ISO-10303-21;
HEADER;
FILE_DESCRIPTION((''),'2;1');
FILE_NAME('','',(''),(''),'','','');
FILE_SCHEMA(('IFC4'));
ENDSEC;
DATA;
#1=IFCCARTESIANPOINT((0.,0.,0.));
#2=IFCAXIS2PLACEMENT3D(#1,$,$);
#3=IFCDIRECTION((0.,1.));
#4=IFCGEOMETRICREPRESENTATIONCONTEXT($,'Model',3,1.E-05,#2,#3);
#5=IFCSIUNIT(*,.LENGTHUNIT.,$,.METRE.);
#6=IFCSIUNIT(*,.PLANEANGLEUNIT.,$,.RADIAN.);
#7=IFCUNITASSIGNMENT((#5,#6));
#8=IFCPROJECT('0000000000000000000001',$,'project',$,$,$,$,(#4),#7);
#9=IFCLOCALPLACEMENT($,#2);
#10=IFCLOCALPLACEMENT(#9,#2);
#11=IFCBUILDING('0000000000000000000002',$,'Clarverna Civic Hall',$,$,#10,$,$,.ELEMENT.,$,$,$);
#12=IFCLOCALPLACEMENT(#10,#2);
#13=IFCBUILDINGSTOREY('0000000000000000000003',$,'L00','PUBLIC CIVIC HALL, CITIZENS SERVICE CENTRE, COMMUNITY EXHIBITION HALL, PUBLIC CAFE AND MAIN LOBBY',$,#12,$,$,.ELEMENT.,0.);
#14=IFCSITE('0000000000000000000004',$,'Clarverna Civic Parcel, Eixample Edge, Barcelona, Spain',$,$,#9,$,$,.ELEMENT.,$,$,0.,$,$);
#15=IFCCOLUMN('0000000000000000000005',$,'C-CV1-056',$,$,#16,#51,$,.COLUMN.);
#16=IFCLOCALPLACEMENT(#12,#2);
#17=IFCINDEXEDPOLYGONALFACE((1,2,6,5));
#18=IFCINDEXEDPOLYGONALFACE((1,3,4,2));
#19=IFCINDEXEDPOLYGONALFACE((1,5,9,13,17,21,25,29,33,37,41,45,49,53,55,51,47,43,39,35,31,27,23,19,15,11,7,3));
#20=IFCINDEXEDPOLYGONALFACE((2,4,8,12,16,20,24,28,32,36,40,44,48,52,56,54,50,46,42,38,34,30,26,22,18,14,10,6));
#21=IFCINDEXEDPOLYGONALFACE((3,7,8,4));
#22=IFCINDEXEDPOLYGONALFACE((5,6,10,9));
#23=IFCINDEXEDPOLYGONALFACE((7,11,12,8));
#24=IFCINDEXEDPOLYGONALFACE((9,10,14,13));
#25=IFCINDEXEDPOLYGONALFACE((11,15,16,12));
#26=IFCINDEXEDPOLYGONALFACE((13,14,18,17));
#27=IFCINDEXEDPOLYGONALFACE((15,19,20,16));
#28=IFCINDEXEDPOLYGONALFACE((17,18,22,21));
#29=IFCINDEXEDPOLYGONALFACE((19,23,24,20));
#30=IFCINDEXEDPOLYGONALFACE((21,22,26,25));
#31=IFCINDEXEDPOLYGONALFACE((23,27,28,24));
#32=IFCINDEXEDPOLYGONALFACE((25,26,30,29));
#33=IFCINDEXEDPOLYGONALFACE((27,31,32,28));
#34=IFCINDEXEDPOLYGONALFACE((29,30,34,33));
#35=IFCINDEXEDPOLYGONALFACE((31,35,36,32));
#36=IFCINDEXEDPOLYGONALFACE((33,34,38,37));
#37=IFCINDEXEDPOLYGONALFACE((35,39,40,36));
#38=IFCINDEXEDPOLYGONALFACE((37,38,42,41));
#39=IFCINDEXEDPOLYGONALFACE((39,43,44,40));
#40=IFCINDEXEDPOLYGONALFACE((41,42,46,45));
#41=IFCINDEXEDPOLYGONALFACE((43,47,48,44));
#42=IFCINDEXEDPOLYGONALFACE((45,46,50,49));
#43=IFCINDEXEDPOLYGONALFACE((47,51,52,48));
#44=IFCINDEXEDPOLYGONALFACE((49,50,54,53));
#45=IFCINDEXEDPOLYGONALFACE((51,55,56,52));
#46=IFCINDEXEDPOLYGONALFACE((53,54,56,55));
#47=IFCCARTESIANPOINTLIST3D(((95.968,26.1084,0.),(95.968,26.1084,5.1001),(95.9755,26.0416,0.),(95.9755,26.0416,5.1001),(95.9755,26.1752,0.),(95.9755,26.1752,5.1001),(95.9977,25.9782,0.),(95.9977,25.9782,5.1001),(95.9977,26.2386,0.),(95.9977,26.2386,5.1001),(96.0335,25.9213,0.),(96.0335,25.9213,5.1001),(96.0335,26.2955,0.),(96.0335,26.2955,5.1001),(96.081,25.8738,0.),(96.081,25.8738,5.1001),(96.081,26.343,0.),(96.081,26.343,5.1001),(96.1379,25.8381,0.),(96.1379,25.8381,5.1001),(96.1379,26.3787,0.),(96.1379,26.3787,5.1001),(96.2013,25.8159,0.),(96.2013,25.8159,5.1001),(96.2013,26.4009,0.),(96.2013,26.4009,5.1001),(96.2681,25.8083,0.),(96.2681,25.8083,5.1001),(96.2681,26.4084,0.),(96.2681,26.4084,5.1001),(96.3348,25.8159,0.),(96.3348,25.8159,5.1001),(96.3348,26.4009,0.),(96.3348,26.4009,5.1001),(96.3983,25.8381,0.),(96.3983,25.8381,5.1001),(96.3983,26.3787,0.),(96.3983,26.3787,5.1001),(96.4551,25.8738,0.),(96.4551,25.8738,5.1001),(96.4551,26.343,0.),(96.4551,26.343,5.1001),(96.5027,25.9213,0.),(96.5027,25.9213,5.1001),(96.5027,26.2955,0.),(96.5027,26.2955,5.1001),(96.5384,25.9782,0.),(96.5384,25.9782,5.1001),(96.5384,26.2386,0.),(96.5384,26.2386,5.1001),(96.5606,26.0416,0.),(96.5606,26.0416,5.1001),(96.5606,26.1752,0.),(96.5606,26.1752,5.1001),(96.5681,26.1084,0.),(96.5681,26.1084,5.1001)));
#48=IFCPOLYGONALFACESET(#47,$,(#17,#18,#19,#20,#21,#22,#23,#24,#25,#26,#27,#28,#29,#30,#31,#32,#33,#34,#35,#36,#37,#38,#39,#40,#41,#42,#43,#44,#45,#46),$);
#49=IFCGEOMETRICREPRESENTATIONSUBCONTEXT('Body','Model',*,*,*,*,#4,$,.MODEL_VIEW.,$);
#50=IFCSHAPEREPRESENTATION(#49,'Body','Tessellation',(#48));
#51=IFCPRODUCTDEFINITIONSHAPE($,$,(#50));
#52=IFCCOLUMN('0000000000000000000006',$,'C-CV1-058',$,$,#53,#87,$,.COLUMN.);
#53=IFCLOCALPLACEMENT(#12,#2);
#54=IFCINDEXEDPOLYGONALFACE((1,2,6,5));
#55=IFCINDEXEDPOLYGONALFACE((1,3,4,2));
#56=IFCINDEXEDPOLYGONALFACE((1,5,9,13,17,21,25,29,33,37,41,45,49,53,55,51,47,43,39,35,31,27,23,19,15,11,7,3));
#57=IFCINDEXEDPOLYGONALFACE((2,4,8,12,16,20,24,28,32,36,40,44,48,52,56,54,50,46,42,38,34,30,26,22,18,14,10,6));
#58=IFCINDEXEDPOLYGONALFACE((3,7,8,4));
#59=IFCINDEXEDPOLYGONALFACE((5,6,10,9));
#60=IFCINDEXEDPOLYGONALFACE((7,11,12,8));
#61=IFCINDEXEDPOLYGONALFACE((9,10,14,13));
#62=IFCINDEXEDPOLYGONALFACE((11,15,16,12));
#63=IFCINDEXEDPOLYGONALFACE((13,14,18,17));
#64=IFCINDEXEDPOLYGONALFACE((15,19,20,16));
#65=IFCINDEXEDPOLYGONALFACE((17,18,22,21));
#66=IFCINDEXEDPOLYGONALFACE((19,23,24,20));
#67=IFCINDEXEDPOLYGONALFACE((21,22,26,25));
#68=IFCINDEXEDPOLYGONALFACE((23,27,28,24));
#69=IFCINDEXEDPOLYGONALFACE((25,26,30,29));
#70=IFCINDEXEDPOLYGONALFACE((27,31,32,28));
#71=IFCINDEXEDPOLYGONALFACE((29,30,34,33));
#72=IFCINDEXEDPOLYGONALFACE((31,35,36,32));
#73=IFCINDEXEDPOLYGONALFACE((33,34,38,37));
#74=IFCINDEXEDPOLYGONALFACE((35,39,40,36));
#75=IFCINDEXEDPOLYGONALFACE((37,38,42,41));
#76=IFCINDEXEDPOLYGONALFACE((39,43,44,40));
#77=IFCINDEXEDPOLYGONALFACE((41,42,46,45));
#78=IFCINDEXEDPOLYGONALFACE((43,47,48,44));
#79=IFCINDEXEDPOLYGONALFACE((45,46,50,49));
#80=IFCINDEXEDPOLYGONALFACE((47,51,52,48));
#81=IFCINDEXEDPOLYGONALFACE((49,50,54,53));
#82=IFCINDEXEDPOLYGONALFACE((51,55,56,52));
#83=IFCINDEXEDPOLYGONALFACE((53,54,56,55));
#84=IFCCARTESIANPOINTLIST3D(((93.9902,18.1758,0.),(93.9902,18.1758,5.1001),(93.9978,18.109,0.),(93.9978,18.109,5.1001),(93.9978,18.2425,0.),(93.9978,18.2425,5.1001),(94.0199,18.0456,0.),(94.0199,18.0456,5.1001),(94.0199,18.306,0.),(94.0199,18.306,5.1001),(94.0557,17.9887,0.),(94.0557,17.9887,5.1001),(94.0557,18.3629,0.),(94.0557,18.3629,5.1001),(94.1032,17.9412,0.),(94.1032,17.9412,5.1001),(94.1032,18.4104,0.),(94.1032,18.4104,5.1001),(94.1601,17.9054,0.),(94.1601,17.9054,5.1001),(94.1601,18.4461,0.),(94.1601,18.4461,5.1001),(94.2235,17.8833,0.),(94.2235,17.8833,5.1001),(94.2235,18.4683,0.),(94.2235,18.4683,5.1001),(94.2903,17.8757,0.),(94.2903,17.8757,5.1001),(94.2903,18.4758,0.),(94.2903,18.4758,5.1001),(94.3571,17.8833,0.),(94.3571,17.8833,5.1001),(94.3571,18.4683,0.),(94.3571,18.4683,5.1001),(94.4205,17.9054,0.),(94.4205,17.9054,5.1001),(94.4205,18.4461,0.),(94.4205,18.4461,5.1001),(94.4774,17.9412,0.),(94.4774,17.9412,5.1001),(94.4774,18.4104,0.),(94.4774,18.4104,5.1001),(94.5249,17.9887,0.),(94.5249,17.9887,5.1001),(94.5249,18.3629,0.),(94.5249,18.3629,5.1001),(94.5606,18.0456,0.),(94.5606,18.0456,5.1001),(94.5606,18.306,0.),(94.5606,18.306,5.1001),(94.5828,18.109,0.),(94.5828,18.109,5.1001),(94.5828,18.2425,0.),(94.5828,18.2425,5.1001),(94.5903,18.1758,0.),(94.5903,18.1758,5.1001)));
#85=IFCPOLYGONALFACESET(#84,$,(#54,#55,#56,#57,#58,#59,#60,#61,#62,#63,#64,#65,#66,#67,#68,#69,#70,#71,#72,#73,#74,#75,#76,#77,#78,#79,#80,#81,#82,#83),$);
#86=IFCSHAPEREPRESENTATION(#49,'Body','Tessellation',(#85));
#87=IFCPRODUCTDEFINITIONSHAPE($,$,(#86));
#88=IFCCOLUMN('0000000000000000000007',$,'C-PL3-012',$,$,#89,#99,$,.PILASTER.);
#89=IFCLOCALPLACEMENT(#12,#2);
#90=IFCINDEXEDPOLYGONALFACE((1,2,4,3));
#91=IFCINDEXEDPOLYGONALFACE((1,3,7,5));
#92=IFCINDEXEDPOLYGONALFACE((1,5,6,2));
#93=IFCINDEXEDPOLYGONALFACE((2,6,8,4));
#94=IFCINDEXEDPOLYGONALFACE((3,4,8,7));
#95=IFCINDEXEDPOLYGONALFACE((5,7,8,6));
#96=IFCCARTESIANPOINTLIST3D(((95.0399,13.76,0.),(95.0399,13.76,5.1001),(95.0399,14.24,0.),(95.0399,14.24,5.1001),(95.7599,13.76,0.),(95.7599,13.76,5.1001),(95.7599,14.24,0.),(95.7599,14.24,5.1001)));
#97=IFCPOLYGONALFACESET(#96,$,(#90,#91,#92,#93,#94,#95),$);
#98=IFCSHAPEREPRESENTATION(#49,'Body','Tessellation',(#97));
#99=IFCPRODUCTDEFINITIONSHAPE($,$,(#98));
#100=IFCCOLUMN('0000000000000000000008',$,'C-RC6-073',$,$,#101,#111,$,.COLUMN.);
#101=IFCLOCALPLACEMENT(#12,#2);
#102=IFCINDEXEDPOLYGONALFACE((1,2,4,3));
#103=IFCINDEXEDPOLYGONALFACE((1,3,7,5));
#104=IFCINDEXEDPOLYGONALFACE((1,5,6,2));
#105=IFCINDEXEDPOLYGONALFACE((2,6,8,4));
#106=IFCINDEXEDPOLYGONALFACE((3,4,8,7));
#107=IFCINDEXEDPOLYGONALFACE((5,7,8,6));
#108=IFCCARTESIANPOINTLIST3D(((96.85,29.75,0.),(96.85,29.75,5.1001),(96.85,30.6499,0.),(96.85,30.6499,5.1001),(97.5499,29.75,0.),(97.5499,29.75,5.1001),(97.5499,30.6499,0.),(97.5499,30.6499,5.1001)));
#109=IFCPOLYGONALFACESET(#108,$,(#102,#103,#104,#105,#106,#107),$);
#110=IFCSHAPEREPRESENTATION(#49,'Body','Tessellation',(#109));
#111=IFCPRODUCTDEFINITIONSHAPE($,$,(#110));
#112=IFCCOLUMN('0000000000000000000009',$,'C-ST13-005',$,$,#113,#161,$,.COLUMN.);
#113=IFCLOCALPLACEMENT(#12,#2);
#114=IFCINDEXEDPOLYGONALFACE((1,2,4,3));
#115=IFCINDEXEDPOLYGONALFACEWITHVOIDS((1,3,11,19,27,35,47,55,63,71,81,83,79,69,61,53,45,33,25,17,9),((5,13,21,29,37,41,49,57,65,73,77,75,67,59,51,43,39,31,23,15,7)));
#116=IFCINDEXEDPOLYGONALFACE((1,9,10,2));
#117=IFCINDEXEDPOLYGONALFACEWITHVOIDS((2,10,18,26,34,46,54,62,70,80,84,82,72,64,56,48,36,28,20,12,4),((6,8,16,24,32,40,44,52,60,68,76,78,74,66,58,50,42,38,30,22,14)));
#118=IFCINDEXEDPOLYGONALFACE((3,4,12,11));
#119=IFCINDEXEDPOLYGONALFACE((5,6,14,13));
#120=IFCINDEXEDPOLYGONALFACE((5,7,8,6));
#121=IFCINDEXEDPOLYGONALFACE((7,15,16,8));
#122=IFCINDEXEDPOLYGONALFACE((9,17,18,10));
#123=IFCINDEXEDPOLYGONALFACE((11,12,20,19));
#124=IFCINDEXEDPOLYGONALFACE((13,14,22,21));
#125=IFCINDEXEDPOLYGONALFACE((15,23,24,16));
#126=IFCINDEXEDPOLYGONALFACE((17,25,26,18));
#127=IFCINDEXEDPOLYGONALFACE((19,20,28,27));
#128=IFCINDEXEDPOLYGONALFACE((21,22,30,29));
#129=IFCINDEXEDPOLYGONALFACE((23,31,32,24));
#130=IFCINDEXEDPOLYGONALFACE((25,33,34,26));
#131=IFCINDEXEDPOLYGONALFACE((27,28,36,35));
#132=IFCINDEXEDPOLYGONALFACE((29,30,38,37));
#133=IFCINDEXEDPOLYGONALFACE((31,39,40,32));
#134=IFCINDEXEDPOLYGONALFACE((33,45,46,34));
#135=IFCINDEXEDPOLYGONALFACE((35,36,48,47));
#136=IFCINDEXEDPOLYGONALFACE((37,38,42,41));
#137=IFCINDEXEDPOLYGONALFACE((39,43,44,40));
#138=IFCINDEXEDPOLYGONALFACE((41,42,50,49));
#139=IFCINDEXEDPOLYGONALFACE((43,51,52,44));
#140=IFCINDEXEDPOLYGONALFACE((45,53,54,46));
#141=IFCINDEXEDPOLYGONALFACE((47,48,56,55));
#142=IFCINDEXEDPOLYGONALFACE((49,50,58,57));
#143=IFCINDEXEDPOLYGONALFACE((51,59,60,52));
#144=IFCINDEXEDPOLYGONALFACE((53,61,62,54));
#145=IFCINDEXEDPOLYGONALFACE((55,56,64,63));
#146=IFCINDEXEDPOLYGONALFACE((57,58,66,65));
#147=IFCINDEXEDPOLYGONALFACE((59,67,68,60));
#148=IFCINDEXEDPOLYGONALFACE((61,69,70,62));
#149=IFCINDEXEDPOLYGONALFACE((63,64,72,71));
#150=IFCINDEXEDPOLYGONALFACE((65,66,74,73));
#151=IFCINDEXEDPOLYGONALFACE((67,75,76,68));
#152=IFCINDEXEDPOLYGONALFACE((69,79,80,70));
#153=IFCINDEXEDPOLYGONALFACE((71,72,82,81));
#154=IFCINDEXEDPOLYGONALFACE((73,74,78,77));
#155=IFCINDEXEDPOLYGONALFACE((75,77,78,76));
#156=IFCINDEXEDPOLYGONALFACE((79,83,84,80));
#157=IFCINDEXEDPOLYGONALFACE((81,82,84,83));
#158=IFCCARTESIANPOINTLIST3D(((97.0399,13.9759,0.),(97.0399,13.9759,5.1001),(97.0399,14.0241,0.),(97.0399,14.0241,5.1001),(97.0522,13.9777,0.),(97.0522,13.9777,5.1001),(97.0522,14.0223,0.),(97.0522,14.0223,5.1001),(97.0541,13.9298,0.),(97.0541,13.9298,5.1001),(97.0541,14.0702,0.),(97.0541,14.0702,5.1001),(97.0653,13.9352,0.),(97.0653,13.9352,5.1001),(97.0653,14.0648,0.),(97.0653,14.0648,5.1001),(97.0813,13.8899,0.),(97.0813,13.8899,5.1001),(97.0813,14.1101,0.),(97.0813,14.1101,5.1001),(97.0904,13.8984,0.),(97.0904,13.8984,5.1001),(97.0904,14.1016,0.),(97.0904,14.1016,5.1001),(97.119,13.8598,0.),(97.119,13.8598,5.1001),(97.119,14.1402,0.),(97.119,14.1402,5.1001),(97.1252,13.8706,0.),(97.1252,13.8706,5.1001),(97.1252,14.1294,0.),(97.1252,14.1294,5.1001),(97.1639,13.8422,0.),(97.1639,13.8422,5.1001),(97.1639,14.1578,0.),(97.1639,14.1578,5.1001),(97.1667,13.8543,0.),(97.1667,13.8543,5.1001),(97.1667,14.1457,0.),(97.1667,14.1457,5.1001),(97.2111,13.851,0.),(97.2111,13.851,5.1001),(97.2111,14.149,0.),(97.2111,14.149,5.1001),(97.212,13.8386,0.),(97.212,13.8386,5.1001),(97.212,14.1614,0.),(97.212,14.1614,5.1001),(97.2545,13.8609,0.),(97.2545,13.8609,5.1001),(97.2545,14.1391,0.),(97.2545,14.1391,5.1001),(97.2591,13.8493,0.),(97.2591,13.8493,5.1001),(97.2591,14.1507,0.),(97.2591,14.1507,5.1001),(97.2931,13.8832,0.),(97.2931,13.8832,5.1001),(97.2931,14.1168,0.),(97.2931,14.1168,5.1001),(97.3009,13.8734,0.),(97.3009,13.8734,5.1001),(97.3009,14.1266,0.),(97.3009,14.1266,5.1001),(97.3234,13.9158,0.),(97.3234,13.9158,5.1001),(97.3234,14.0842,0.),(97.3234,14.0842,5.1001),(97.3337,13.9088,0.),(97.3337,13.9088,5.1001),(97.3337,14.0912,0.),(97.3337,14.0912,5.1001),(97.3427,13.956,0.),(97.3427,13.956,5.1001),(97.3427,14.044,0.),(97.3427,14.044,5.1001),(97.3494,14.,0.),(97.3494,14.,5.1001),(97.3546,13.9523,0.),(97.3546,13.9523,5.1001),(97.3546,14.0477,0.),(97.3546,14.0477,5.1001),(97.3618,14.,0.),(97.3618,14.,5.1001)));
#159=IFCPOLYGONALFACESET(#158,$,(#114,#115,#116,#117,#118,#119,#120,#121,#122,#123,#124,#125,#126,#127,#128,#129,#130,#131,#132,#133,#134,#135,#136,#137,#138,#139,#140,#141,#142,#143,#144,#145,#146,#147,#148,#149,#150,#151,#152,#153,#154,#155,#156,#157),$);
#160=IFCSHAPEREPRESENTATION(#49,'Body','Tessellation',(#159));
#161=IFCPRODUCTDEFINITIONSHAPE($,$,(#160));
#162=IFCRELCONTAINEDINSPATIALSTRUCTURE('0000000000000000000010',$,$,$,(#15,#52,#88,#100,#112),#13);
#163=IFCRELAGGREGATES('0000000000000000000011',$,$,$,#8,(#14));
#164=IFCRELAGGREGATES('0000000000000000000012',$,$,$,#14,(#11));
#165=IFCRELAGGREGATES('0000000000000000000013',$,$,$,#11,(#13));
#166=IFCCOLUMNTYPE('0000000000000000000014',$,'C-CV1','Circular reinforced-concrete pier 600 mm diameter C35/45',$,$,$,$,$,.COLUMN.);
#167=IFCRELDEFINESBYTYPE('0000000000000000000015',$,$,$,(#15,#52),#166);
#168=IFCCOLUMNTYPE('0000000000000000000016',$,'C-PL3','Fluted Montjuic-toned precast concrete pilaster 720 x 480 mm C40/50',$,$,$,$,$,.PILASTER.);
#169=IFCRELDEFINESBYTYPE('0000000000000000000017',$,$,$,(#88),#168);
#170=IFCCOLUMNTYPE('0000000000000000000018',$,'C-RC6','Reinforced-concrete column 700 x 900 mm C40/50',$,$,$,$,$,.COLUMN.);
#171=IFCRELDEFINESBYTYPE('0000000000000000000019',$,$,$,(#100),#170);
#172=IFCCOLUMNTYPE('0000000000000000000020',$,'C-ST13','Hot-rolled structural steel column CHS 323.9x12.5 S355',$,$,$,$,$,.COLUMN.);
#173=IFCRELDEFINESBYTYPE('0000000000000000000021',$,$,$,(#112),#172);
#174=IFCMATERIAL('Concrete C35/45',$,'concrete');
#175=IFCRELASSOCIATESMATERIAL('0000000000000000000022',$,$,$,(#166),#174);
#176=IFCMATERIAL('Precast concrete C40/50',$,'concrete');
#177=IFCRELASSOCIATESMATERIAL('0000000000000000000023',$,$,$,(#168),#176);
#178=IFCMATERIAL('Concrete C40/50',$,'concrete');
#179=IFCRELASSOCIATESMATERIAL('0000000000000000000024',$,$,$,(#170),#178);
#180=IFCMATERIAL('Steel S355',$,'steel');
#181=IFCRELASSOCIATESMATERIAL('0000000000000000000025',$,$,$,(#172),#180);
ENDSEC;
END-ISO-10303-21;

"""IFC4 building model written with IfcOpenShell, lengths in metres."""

from ifc_helpers import new_model, si_unit, direction, frame, origin, origin_2d, place, context, subcontext, project, spatial, rectangle, circle, hollow_circle, extrude, material, material_profile, profile_set, type_object, element, save


model = new_model("IFC4")

# Units and contexts
model_context = context("Model", 3, precision=1e-05, world=origin(), true_north=direction((0.0, 1.0)))
body_context = subcontext(model_context, "Body", "Model", "MODEL_VIEW")
ifc_project = project(units=[si_unit("LENGTHUNIT", "METRE"), si_unit("PLANEANGLEUNIT", "RADIAN")], contexts=[model_context])

# Site, building, storey
site_placement = place(None, origin())
site = spatial("IfcSite", under=ifc_project, at=site_placement, Name="Clarverna Civic Parcel, Eixample Edge, Barcelona, Spain", CompositionType="ELEMENT", RefElevation=0.0)
building_placement = place(site_placement, origin())
building = spatial("IfcBuilding", under=site, at=building_placement, Name="Clarverna Civic Hall", CompositionType="ELEMENT")
storey_placement = place(building_placement, origin())
storey = spatial("IfcBuildingStorey", under=building, at=storey_placement, Name="L00", Description="PUBLIC CIVIC HALL, CITIZENS SERVICE CENTRE, COMMUNITY EXHIBITION HALL, PUBLIC CAFE AND MAIN LOBBY", CompositionType="ELEMENT", Elevation=0.0)

# Columns
ifc_material_1 = material(Name="Concrete C35/45", Category="concrete")
ifc_material_profile_1 = material_profile(ifc_material_1, circle(Radius=0.3, at=origin_2d()), Name="RC D600")
ifc_profile_set_1 = profile_set([ifc_material_profile_1], Name="Concrete C35/45")
column_type_1 = type_object("IfcColumnType", Name="C-CV1", Description="Circular reinforced-concrete pier 600 mm diameter C35/45", PredefinedType="COLUMN", material=ifc_profile_set_1)
for number, where, z_axis, x_axis, name in (
    (1, (96.2681, 26.1084, 0.0), (0.0, 0.0, 1.0), (1.0, 0.0, 0.0), "C-CV1-056"),
    (2, (94.2903, 18.1758, 0.0), (0.0, 0.0, 1.0), (1.0, 0.0, 0.0), "C-CV1-058"),
):
    element("IfcColumn", number, at=place(storey_placement, frame(where, z_axis=z_axis, x_axis=x_axis)), inside=storey, type_object=column_type_1, Name=name, PredefinedType="COLUMN", context=body_context, shape_type="SweptSolid", body=[
        extrude(circle(Radius=0.3, at=origin_2d()), origin(), (0.0, 0.0, 1.0), 5.1001),
    ])
ifc_material_2 = material(Name="Precast concrete C40/50", Category="concrete")
ifc_material_profile_2 = material_profile(ifc_material_2, rectangle(XDim=0.72, YDim=0.48, at=origin_2d()), Name="PILASTER 720x480")
ifc_profile_set_2 = profile_set([ifc_material_profile_2], Name="Precast concrete C40/50")
column_type_2 = type_object("IfcColumnType", Name="C-PL3", Description="Fluted Montjuic-toned precast concrete pilaster 720 x 480 mm C40/50", PredefinedType="PILASTER", material=ifc_profile_set_2)
column_1_placement = place(storey_placement, frame((95.3999, 14.0, 0.0), z_axis=(0.0, 0.0, 1.0), x_axis=(1.0, 0.0, 0.0)))
element("IfcColumn", 3, at=column_1_placement, inside=storey, type_object=column_type_2, Name="C-PL3-012", PredefinedType="PILASTER", context=body_context, shape_type="SweptSolid", body=[
    extrude(rectangle(XDim=0.72, YDim=0.48, at=origin_2d()), origin(), (0.0, 0.0, 1.0), 5.1001),
])
ifc_material_3 = material(Name="Concrete C40/50", Category="concrete")
ifc_material_profile_3 = material_profile(ifc_material_3, rectangle(XDim=0.7, YDim=0.8999, at=origin_2d()), Name="RC 700x900")
ifc_profile_set_3 = profile_set([ifc_material_profile_3], Name="Concrete C40/50")
column_type_3 = type_object("IfcColumnType", Name="C-RC6", Description="Reinforced-concrete column 700 x 900 mm C40/50", PredefinedType="COLUMN", material=ifc_profile_set_3)
column_2_placement = place(storey_placement, frame((97.2, 30.2, 0.0), z_axis=(0.0, 0.0, 1.0), x_axis=(1.0, 0.0, 0.0)))
element("IfcColumn", 4, at=column_2_placement, inside=storey, type_object=column_type_3, Name="C-RC6-073", PredefinedType="COLUMN", context=body_context, shape_type="SweptSolid", body=[
    extrude(rectangle(XDim=0.7, YDim=0.8999, at=origin_2d()), origin(), (0.0, 0.0, 1.0), 5.1001),
])
ifc_material_4 = material(Name="Steel S355", Category="steel")
ifc_material_profile_4 = material_profile(ifc_material_4, hollow_circle(Radius=0.1619, WallThickness=0.0125, at=origin_2d()), Name="CHS 323.9x12.5")
ifc_profile_set_4 = profile_set([ifc_material_profile_4], Name="Steel S355")
column_type_4 = type_object("IfcColumnType", Name="C-ST13", Description="Hot-rolled structural steel column CHS 323.9x12.5 S355", PredefinedType="COLUMN", material=ifc_profile_set_4)
column_3_placement = place(storey_placement, frame((97.2, 14.0, 0.0), z_axis=(0.0, 0.0, 1.0), x_axis=(1.0, 0.0, 0.0)))
element("IfcColumn", 5, at=column_3_placement, inside=storey, type_object=column_type_4, Name="C-ST13-005", PredefinedType="COLUMN", context=body_context, shape_type="SweptSolid", body=[
    extrude(hollow_circle(Radius=0.1619, WallThickness=0.0125, at=origin_2d()), origin(), (0.0, 0.0, 1.0), 5.1001),
])

save(model, "model.ifc")
